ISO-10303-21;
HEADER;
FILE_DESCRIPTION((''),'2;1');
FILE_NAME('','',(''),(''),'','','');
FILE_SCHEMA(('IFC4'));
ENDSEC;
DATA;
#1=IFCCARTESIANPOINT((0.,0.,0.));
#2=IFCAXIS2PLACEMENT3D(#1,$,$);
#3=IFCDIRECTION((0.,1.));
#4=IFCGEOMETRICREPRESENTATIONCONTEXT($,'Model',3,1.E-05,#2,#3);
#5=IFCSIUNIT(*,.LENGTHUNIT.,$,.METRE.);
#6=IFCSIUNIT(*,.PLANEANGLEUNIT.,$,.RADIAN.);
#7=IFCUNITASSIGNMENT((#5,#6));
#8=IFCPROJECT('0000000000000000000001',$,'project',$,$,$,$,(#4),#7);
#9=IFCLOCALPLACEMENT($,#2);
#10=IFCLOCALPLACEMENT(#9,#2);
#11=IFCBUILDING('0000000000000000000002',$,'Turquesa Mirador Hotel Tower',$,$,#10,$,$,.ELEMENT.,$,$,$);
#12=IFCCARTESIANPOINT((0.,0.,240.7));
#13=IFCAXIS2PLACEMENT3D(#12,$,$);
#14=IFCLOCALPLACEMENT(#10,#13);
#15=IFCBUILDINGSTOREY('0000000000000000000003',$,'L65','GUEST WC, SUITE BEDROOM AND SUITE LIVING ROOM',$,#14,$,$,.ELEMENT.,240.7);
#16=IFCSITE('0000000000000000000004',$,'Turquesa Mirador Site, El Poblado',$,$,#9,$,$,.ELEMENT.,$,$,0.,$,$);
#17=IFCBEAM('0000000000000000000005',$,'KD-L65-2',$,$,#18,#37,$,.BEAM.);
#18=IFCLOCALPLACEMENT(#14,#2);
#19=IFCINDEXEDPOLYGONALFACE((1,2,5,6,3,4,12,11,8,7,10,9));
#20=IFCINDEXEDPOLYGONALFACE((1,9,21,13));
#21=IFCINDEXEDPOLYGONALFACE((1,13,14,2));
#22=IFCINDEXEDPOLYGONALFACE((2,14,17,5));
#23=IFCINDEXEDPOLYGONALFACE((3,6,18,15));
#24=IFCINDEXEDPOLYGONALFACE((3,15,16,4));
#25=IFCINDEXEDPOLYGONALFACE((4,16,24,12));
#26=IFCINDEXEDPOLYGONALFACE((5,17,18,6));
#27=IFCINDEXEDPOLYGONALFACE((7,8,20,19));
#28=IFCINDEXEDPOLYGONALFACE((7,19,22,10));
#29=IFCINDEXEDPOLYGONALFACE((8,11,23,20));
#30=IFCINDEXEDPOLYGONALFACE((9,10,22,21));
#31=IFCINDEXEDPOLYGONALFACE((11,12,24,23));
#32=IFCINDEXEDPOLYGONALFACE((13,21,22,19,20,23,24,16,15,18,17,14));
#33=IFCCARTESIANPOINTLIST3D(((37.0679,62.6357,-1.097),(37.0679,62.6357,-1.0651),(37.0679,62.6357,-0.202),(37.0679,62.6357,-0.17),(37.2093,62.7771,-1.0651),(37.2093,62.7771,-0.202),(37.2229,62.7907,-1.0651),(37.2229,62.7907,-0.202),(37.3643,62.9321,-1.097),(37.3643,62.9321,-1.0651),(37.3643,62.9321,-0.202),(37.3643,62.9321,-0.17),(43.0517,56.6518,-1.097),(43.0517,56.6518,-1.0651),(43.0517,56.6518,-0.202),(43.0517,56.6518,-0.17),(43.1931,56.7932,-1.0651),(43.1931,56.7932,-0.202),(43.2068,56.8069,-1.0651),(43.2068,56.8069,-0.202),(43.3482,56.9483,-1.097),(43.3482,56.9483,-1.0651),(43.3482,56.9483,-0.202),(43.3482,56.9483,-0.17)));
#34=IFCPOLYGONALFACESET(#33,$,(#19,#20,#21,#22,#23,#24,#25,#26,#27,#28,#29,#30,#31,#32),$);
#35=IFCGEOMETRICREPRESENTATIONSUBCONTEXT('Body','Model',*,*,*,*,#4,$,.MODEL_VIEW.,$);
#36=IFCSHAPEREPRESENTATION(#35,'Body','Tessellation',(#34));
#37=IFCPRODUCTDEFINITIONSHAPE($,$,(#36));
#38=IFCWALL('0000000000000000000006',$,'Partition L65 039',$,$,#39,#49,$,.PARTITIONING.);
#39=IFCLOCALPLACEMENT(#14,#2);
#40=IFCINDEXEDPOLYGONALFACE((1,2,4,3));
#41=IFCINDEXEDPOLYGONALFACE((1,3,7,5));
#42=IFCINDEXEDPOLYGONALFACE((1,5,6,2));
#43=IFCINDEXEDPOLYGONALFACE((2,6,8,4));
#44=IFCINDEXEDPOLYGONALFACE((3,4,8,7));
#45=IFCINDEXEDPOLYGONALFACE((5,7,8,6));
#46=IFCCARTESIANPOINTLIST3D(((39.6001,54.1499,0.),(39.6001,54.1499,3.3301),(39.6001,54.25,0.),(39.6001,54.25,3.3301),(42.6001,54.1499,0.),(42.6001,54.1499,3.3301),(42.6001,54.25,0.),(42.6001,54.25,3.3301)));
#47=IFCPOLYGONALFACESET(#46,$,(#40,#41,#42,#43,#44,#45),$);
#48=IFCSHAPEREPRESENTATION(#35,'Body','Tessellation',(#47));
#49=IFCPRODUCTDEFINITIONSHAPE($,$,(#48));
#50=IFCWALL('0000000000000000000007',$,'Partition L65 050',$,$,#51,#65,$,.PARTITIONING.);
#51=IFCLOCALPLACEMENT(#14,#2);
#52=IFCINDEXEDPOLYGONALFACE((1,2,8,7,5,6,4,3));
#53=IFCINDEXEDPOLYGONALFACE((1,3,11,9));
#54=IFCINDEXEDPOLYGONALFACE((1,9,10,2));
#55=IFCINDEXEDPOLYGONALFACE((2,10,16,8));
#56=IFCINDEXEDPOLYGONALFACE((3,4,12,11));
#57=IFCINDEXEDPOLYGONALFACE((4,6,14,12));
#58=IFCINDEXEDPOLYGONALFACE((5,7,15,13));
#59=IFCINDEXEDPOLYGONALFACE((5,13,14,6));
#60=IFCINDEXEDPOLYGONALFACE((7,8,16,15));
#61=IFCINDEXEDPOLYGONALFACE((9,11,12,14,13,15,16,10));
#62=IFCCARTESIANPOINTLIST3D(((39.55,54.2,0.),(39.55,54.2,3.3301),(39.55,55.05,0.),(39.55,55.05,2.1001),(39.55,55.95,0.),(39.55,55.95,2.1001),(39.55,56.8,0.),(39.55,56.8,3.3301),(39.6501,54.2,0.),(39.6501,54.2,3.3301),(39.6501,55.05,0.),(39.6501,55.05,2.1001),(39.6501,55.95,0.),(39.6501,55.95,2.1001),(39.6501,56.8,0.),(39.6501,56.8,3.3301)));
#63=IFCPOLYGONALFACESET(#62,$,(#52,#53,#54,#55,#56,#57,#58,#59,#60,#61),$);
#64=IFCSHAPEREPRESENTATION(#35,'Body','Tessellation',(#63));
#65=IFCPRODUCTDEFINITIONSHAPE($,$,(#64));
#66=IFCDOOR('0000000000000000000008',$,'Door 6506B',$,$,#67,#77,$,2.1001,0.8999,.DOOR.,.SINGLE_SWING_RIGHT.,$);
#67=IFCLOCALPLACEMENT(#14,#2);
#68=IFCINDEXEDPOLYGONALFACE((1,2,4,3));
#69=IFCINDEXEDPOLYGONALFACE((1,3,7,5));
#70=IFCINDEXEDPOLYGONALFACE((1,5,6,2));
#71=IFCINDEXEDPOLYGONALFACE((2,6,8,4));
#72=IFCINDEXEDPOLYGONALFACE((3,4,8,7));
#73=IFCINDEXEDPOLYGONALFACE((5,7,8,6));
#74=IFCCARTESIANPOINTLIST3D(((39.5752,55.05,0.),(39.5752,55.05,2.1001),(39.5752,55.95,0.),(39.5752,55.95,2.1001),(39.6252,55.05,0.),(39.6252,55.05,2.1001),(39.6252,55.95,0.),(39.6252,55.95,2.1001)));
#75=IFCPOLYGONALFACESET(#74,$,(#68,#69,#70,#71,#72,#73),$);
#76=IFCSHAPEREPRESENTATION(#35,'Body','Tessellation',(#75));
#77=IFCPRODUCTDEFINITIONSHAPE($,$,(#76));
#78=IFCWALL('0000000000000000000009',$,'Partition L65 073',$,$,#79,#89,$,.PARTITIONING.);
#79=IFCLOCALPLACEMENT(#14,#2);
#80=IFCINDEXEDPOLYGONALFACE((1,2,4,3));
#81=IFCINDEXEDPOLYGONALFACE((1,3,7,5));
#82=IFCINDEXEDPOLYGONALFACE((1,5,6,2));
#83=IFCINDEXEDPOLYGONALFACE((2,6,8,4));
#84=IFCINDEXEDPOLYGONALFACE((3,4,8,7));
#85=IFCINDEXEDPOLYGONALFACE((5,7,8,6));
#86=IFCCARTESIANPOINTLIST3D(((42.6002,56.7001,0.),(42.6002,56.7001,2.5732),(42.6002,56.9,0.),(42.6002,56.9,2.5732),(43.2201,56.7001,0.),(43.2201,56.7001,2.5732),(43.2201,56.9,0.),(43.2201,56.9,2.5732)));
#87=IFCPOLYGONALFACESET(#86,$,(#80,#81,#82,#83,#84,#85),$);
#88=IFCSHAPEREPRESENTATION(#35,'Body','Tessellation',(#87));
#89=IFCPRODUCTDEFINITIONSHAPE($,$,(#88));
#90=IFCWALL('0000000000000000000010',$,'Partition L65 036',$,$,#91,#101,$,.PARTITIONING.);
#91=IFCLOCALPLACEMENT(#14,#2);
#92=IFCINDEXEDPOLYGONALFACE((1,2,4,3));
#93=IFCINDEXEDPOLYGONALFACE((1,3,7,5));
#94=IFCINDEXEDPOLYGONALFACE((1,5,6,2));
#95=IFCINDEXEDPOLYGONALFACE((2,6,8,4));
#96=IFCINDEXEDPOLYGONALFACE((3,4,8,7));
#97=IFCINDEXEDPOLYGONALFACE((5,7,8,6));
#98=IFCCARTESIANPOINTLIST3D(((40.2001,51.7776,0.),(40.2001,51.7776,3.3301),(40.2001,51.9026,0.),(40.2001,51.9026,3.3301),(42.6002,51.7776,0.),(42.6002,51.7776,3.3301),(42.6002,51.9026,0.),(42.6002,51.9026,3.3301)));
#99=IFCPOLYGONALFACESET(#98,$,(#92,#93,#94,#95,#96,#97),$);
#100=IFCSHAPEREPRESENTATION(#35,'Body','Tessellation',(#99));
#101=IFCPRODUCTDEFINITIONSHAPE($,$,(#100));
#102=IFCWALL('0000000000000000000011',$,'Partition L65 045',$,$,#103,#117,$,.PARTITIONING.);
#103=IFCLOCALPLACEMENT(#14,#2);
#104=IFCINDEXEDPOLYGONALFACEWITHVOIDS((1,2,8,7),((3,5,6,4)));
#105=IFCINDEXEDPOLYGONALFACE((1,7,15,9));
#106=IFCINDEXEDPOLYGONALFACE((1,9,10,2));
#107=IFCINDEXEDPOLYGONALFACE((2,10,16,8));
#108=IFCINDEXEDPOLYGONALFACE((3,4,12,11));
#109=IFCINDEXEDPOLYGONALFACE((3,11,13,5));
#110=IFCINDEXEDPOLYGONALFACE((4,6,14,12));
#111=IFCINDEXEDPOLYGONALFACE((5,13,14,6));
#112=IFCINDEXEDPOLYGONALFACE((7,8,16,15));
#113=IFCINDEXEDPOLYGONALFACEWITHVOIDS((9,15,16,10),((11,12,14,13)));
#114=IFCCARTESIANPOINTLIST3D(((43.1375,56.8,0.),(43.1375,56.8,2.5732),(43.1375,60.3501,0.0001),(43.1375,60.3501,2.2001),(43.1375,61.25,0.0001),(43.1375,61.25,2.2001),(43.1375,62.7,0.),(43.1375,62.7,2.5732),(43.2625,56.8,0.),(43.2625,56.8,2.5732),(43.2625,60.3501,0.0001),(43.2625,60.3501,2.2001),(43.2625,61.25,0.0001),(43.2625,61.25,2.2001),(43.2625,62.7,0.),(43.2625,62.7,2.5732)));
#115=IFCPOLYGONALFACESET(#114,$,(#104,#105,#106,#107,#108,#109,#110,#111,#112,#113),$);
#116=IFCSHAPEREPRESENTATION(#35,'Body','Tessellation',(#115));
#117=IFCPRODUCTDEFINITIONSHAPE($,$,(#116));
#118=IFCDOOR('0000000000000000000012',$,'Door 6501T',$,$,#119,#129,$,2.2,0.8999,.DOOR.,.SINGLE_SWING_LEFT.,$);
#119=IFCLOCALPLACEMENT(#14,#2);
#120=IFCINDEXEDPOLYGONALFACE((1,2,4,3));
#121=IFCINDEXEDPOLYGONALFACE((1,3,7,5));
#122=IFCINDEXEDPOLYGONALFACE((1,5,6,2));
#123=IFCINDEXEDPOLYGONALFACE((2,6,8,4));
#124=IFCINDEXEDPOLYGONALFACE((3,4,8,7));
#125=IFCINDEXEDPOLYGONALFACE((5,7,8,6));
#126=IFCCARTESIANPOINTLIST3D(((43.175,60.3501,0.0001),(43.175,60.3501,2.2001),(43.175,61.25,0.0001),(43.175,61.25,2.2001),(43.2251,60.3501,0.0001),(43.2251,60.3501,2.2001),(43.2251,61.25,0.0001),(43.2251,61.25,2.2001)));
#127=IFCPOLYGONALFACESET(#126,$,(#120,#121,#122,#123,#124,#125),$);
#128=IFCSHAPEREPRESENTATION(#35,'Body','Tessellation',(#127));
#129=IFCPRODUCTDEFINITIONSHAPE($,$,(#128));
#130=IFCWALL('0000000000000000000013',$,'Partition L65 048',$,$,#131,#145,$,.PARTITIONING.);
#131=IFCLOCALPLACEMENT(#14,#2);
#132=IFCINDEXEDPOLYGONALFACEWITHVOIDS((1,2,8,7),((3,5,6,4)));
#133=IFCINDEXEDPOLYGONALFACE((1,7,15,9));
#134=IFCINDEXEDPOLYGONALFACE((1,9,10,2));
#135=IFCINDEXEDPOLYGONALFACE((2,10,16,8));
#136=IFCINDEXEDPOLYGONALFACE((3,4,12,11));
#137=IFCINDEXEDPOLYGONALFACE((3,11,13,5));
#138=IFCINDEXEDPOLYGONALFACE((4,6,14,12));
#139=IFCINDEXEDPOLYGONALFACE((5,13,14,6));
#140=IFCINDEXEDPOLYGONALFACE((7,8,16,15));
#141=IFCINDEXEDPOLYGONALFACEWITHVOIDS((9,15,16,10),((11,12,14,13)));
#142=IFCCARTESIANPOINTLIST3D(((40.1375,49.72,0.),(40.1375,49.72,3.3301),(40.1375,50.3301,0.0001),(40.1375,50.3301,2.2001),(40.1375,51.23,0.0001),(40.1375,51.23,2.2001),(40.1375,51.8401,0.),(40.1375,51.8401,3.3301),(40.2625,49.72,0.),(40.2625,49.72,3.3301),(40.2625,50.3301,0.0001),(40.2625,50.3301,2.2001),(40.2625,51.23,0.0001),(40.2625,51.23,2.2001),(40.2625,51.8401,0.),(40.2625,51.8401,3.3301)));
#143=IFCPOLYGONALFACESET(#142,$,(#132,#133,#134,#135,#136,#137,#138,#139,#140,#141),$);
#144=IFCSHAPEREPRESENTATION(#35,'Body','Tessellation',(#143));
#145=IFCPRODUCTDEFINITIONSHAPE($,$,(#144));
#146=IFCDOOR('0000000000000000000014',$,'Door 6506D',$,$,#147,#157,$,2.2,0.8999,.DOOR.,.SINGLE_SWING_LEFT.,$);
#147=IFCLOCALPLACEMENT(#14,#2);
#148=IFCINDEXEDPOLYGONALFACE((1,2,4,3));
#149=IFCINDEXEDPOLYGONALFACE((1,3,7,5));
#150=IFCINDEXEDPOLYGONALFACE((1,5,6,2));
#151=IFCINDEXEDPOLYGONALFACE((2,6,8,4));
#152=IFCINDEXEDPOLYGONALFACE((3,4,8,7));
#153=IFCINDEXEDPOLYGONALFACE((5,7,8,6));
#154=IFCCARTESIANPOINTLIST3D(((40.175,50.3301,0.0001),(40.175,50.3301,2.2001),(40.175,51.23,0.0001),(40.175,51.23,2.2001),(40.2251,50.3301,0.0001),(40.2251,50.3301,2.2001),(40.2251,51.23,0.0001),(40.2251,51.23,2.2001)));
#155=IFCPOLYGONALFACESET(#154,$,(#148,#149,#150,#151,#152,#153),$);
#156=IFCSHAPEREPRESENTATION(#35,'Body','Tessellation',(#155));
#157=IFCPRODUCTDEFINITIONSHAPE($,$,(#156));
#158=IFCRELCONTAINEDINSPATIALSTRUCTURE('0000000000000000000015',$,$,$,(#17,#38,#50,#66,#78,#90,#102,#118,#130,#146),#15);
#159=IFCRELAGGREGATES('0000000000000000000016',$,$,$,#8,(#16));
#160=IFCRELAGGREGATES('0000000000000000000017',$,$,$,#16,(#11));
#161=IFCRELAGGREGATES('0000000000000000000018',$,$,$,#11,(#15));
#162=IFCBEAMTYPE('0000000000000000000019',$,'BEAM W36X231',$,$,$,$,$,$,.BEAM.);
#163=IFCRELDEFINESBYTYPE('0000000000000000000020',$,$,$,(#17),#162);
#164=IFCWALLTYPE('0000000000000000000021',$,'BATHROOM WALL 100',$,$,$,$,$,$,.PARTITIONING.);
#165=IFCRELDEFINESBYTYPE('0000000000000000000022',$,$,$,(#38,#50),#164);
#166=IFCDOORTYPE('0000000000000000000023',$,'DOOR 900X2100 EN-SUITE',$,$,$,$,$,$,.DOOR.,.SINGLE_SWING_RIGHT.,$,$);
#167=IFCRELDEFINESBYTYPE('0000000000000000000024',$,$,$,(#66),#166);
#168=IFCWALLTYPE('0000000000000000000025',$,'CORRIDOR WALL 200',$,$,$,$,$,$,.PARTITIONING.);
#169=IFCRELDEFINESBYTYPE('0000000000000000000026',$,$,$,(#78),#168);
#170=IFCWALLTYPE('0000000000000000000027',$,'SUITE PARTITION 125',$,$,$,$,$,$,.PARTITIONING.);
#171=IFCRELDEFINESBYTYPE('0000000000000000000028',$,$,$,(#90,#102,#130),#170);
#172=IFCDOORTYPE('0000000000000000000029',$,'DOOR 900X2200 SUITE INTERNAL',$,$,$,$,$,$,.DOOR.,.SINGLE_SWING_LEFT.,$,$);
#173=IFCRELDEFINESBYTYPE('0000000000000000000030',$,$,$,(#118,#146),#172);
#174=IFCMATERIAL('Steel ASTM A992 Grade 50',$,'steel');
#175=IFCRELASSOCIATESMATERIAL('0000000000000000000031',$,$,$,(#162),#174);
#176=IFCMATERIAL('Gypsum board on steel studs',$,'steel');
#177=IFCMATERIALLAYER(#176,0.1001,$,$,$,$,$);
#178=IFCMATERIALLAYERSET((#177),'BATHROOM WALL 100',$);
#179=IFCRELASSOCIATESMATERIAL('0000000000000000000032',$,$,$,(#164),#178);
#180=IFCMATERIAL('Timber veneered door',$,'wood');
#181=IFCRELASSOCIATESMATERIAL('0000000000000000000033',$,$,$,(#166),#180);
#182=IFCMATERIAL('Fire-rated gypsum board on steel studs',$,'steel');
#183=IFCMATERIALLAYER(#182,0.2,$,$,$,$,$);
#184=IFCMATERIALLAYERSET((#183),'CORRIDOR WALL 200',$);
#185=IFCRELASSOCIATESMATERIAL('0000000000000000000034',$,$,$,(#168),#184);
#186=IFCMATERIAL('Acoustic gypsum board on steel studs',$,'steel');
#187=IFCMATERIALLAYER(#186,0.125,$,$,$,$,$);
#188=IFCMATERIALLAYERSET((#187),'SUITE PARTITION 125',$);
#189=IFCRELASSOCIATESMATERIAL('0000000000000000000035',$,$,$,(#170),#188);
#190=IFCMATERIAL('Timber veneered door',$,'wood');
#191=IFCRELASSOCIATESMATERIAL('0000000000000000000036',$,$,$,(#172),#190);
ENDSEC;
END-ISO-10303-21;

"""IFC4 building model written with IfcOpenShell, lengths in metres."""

from ifc_helpers import new_model, si_unit, direction, frame, frame_2d, origin, origin_2d, place, context, subcontext, project, spatial, rectangle, i_section, extrude, material, layer, layer_set, material_profile, profile_set, type_object, element, fill, save


model = new_model("IFC4")

# Units and contexts
model_context = context("Model", 3, precision=1e-05, world=origin(), true_north=direction((0.0, 1.0)))
body_context = subcontext(model_context, "Body", "Model", "MODEL_VIEW")
ifc_project = project(units=[si_unit("LENGTHUNIT", "METRE"), si_unit("PLANEANGLEUNIT", "RADIAN")], contexts=[model_context])

# Site, building, storey
site_placement = place(None, origin())
site = spatial("IfcSite", under=ifc_project, at=site_placement, Name="Turquesa Mirador Site, El Poblado", CompositionType="ELEMENT", RefElevation=0.0)
building_placement = place(site_placement, origin())
building = spatial("IfcBuilding", under=site, at=building_placement, Name="Turquesa Mirador Hotel Tower", CompositionType="ELEMENT")
storey_placement = place(building_placement, frame((0.0, 0.0, 240.7)))
storey = spatial("IfcBuildingStorey", under=building, at=storey_placement, Name="L65", Description="GUEST WC, SUITE BEDROOM AND SUITE LIVING ROOM", CompositionType="ELEMENT", Elevation=240.7)

# Beam
ifc_material_1 = material(Name="Steel ASTM A992 Grade 50", Category="steel")
ifc_material_profile_1 = material_profile(ifc_material_1, i_section(OverallWidth=0.4192, OverallDepth=0.927, WebThickness=0.0193, FlangeThickness=0.032, at=origin_2d()), Name="W36X231")
ifc_profile_set_1 = profile_set([ifc_material_profile_1], Name="Steel ASTM A992 Grade 50")
beam_type_1 = type_object("IfcBeamType", Name="BEAM W36X231", PredefinedType="BEAM", material=ifc_profile_set_1)
beam_1_placement = place(storey_placement, frame((43.2, 56.8, -0.6335), z_axis=(-0.707107, 0.707107, 0.0), x_axis=(-0.707107, -0.707107, 0.0)))
element("IfcBeam", 1, at=beam_1_placement, inside=storey, type_object=beam_type_1, Name="KD-L65-2", PredefinedType="BEAM", context=body_context, shape_type="SweptSolid", body=[
    extrude(i_section(OverallWidth=0.4192, OverallDepth=0.927, WebThickness=0.0193, FlangeThickness=0.032, at=origin_2d()), origin(), (0.0, 0.0, 1.0), 8.4624),
])

# Wall
ifc_material_2 = material(Name="Gypsum board on steel studs", Category="steel")
ifc_layer_1 = layer(ifc_material_2, 0.1001)
ifc_layer_set_1 = layer_set([ifc_layer_1], Name="BATHROOM WALL 100")
wall_type_1 = type_object("IfcWallType", Name="BATHROOM WALL 100", PredefinedType="PARTITIONING", material=ifc_layer_set_1)
wall_1_placement = place(storey_placement, frame((39.6001, 54.2, 0.0), z_axis=(0.0, 0.0, 1.0), x_axis=(1.0, 0.0, 0.0)))
element("IfcWall", 2, at=wall_1_placement, inside=storey, type_object=wall_type_1, Name="Partition L65 039", PredefinedType="PARTITIONING", context=body_context, shape_type="SweptSolid", body=[
    extrude(rectangle(XDim=3.0, YDim=0.1001, at=frame_2d((1.5, 0.0))), origin(), (0.0, 0.0, 1.0), 3.3301),
])

# Wall, opening, door
wall_2_placement = place(storey_placement, frame((39.6001, 54.2, 0.0), z_axis=(0.0, 0.0, 1.0), x_axis=(0.0, 1.0, 0.0)))
wall_2 = element("IfcWall", 3, at=wall_2_placement, inside=storey, type_object=wall_type_1, Name="Partition L65 050", PredefinedType="PARTITIONING", context=body_context, shape_type="SweptSolid", body=[
    extrude(rectangle(XDim=2.6001, YDim=0.1001, at=frame_2d((1.3, 0.0))), origin(), (0.0, 0.0, 1.0), 3.3301),
])
opening_1_placement = place(wall_2_placement, frame((0.8501, 0.0, 0.0)))
opening_1 = element("IfcOpeningElement", 4, at=opening_1_placement, cuts=wall_2, PredefinedType="OPENING", context=body_context, shape_type="SweptSolid", body=[
    extrude(rectangle(XDim=0.8999, YDim=2.1001, at=frame_2d((0.45, 1.05))), frame((0.0, 0.0601, 0.0), z_axis=(0.0, -1.0, 0.0), x_axis=(1.0, 0.0, 0.0)), (0.0, 0.0, 1.0), 0.1201),
])
ifc_material_3 = material(Name="Timber veneered door", Category="wood")
door_type_1 = type_object("IfcDoorType", Name="DOOR 900X2100 EN-SUITE", OperationType="SINGLE_SWING_RIGHT", PredefinedType="DOOR", material=ifc_material_3)
door_1_placement = place(opening_1_placement, origin())
door_1 = element("IfcDoor", 5, at=door_1_placement, inside=storey, type_object=door_type_1, Name="Door 6506B", OperationType="SINGLE_SWING_RIGHT", OverallHeight=2.1001, OverallWidth=0.8999, PredefinedType="DOOR", context=body_context, shape_type="SweptSolid", body=[
    extrude(rectangle(XDim=0.8999, YDim=2.1001, at=frame_2d((0.45, 1.05))), frame((0.0, 0.0249, 0.0), z_axis=(0.0, -1.0, 0.0), x_axis=(1.0, 0.0, 0.0)), (0.0, 0.0, 1.0), 0.05),
])
fill(opening_1, door_1)

# Walls
ifc_material_4 = material(Name="Fire-rated gypsum board on steel studs", Category="steel")
ifc_layer_2 = layer(ifc_material_4, 0.2)
ifc_layer_set_2 = layer_set([ifc_layer_2], Name="CORRIDOR WALL 200")
wall_type_2 = type_object("IfcWallType", Name="CORRIDOR WALL 200", PredefinedType="PARTITIONING", material=ifc_layer_set_2)
wall_3_placement = place(storey_placement, frame((42.6001, 56.8, 0.0), z_axis=(0.0, 0.0, 1.0), x_axis=(1.0, 0.0, 0.0)))
element("IfcWall", 6, at=wall_3_placement, inside=storey, type_object=wall_type_2, Name="Partition L65 073", PredefinedType="PARTITIONING", context=body_context, shape_type="SweptSolid", body=[
    extrude(rectangle(XDim=0.6199, YDim=0.2, at=frame_2d((0.3101, 0.0))), origin(), (0.0, 0.0, 1.0), 2.5732),
])
ifc_material_5 = material(Name="Acoustic gypsum board on steel studs", Category="steel")
ifc_layer_3 = layer(ifc_material_5, 0.125)
ifc_layer_set_3 = layer_set([ifc_layer_3], Name="SUITE PARTITION 125")
wall_type_3 = type_object("IfcWallType", Name="SUITE PARTITION 125", PredefinedType="PARTITIONING", material=ifc_layer_set_3)
wall_4_placement = place(storey_placement, frame((40.2, 51.8401, 0.0), z_axis=(0.0, 0.0, 1.0), x_axis=(1.0, 0.0, 0.0)))
element("IfcWall", 7, at=wall_4_placement, inside=storey, type_object=wall_type_3, Name="Partition L65 036", PredefinedType="PARTITIONING", context=body_context, shape_type="SweptSolid", body=[
    extrude(rectangle(XDim=2.4001, YDim=0.125, at=frame_2d((1.2002, 0.0))), origin(), (0.0, 0.0, 1.0), 3.3301),
])

# Walls, openings, doors
wall_5_placement = place(storey_placement, frame((43.2, 56.8, 0.0), z_axis=(0.0, 0.0, 1.0), x_axis=(0.0, 1.0, 0.0)))
wall_5 = element("IfcWall", 8, at=wall_5_placement, inside=storey, type_object=wall_type_3, Name="Partition L65 045", PredefinedType="PARTITIONING", context=body_context, shape_type="SweptSolid", body=[
    extrude(rectangle(XDim=5.8999, YDim=0.125, at=frame_2d((2.95, 0.0))), origin(), (0.0, 0.0, 1.0), 2.5732),
])
opening_2_placement = place(wall_5_placement, frame((3.55, 0.0, 0.0)))
opening_2 = element("IfcOpeningElement", 9, at=opening_2_placement, cuts=wall_5, PredefinedType="OPENING", context=body_context, shape_type="SweptSolid", body=[
    extrude(rectangle(XDim=0.8999, YDim=2.2, at=frame_2d((0.45, 1.1001))), frame((0.0, 0.0725, 0.0), z_axis=(0.0, -1.0, 0.0), x_axis=(1.0, 0.0, 0.0)), (0.0, 0.0, 1.0), 0.145),
])
ifc_material_6 = material(Name="Timber veneered door", Category="wood")
door_type_2 = type_object("IfcDoorType", Name="DOOR 900X2200 SUITE INTERNAL", OperationType="SINGLE_SWING_LEFT", PredefinedType="DOOR", material=ifc_material_6)
door_2_placement = place(opening_2_placement, origin())
door_2 = element("IfcDoor", 10, at=door_2_placement, inside=storey, type_object=door_type_2, Name="Door 6501T", OperationType="SINGLE_SWING_LEFT", OverallHeight=2.2, OverallWidth=0.8999, PredefinedType="DOOR", context=body_context, shape_type="SweptSolid", body=[
    extrude(rectangle(XDim=0.8999, YDim=2.2, at=frame_2d((0.45, 1.1001))), frame((0.0, 0.0249, 0.0), z_axis=(0.0, -1.0, 0.0), x_axis=(1.0, 0.0, 0.0)), (0.0, 0.0, 1.0), 0.05),
])
fill(opening_2, door_2)
wall_6_placement = place(storey_placement, frame((40.2, 49.72, 0.0), z_axis=(0.0, 0.0, 1.0), x_axis=(0.0, 1.0, 0.0)))
wall_6 = element("IfcWall", 11, at=wall_6_placement, inside=storey, type_object=wall_type_3, Name="Partition L65 048", PredefinedType="PARTITIONING", context=body_context, shape_type="SweptSolid", body=[
    extrude(rectangle(XDim=2.1201, YDim=0.125, at=frame_2d((1.0601, 0.0))), origin(), (0.0, 0.0, 1.0), 3.3301),
])
opening_3_placement = place(wall_6_placement, frame((0.6101, 0.0, 0.0)))
opening_3 = element("IfcOpeningElement", 12, at=opening_3_placement, cuts=wall_6, PredefinedType="OPENING", context=body_context, shape_type="SweptSolid", body=[
    extrude(rectangle(XDim=0.8999, YDim=2.2, at=frame_2d((0.45, 1.1001))), frame((0.0, 0.0725, 0.0), z_axis=(0.0, -1.0, 0.0), x_axis=(1.0, 0.0, 0.0)), (0.0, 0.0, 1.0), 0.145),
])
door_3_placement = place(opening_3_placement, origin())
door_3 = element("IfcDoor", 13, at=door_3_placement, inside=storey, type_object=door_type_2, Name="Door 6506D", OperationType="SINGLE_SWING_LEFT", OverallHeight=2.2, OverallWidth=0.8999, PredefinedType="DOOR", context=body_context, shape_type="SweptSolid", body=[
    extrude(rectangle(XDim=0.8999, YDim=2.2, at=frame_2d((0.45, 1.1001))), frame((0.0, 0.0249, 0.0), z_axis=(0.0, -1.0, 0.0), x_axis=(1.0, 0.0, 0.0)), (0.0, 0.0, 1.0), 0.05),
])
fill(opening_3, door_3)

save(model, "model.ifc")
